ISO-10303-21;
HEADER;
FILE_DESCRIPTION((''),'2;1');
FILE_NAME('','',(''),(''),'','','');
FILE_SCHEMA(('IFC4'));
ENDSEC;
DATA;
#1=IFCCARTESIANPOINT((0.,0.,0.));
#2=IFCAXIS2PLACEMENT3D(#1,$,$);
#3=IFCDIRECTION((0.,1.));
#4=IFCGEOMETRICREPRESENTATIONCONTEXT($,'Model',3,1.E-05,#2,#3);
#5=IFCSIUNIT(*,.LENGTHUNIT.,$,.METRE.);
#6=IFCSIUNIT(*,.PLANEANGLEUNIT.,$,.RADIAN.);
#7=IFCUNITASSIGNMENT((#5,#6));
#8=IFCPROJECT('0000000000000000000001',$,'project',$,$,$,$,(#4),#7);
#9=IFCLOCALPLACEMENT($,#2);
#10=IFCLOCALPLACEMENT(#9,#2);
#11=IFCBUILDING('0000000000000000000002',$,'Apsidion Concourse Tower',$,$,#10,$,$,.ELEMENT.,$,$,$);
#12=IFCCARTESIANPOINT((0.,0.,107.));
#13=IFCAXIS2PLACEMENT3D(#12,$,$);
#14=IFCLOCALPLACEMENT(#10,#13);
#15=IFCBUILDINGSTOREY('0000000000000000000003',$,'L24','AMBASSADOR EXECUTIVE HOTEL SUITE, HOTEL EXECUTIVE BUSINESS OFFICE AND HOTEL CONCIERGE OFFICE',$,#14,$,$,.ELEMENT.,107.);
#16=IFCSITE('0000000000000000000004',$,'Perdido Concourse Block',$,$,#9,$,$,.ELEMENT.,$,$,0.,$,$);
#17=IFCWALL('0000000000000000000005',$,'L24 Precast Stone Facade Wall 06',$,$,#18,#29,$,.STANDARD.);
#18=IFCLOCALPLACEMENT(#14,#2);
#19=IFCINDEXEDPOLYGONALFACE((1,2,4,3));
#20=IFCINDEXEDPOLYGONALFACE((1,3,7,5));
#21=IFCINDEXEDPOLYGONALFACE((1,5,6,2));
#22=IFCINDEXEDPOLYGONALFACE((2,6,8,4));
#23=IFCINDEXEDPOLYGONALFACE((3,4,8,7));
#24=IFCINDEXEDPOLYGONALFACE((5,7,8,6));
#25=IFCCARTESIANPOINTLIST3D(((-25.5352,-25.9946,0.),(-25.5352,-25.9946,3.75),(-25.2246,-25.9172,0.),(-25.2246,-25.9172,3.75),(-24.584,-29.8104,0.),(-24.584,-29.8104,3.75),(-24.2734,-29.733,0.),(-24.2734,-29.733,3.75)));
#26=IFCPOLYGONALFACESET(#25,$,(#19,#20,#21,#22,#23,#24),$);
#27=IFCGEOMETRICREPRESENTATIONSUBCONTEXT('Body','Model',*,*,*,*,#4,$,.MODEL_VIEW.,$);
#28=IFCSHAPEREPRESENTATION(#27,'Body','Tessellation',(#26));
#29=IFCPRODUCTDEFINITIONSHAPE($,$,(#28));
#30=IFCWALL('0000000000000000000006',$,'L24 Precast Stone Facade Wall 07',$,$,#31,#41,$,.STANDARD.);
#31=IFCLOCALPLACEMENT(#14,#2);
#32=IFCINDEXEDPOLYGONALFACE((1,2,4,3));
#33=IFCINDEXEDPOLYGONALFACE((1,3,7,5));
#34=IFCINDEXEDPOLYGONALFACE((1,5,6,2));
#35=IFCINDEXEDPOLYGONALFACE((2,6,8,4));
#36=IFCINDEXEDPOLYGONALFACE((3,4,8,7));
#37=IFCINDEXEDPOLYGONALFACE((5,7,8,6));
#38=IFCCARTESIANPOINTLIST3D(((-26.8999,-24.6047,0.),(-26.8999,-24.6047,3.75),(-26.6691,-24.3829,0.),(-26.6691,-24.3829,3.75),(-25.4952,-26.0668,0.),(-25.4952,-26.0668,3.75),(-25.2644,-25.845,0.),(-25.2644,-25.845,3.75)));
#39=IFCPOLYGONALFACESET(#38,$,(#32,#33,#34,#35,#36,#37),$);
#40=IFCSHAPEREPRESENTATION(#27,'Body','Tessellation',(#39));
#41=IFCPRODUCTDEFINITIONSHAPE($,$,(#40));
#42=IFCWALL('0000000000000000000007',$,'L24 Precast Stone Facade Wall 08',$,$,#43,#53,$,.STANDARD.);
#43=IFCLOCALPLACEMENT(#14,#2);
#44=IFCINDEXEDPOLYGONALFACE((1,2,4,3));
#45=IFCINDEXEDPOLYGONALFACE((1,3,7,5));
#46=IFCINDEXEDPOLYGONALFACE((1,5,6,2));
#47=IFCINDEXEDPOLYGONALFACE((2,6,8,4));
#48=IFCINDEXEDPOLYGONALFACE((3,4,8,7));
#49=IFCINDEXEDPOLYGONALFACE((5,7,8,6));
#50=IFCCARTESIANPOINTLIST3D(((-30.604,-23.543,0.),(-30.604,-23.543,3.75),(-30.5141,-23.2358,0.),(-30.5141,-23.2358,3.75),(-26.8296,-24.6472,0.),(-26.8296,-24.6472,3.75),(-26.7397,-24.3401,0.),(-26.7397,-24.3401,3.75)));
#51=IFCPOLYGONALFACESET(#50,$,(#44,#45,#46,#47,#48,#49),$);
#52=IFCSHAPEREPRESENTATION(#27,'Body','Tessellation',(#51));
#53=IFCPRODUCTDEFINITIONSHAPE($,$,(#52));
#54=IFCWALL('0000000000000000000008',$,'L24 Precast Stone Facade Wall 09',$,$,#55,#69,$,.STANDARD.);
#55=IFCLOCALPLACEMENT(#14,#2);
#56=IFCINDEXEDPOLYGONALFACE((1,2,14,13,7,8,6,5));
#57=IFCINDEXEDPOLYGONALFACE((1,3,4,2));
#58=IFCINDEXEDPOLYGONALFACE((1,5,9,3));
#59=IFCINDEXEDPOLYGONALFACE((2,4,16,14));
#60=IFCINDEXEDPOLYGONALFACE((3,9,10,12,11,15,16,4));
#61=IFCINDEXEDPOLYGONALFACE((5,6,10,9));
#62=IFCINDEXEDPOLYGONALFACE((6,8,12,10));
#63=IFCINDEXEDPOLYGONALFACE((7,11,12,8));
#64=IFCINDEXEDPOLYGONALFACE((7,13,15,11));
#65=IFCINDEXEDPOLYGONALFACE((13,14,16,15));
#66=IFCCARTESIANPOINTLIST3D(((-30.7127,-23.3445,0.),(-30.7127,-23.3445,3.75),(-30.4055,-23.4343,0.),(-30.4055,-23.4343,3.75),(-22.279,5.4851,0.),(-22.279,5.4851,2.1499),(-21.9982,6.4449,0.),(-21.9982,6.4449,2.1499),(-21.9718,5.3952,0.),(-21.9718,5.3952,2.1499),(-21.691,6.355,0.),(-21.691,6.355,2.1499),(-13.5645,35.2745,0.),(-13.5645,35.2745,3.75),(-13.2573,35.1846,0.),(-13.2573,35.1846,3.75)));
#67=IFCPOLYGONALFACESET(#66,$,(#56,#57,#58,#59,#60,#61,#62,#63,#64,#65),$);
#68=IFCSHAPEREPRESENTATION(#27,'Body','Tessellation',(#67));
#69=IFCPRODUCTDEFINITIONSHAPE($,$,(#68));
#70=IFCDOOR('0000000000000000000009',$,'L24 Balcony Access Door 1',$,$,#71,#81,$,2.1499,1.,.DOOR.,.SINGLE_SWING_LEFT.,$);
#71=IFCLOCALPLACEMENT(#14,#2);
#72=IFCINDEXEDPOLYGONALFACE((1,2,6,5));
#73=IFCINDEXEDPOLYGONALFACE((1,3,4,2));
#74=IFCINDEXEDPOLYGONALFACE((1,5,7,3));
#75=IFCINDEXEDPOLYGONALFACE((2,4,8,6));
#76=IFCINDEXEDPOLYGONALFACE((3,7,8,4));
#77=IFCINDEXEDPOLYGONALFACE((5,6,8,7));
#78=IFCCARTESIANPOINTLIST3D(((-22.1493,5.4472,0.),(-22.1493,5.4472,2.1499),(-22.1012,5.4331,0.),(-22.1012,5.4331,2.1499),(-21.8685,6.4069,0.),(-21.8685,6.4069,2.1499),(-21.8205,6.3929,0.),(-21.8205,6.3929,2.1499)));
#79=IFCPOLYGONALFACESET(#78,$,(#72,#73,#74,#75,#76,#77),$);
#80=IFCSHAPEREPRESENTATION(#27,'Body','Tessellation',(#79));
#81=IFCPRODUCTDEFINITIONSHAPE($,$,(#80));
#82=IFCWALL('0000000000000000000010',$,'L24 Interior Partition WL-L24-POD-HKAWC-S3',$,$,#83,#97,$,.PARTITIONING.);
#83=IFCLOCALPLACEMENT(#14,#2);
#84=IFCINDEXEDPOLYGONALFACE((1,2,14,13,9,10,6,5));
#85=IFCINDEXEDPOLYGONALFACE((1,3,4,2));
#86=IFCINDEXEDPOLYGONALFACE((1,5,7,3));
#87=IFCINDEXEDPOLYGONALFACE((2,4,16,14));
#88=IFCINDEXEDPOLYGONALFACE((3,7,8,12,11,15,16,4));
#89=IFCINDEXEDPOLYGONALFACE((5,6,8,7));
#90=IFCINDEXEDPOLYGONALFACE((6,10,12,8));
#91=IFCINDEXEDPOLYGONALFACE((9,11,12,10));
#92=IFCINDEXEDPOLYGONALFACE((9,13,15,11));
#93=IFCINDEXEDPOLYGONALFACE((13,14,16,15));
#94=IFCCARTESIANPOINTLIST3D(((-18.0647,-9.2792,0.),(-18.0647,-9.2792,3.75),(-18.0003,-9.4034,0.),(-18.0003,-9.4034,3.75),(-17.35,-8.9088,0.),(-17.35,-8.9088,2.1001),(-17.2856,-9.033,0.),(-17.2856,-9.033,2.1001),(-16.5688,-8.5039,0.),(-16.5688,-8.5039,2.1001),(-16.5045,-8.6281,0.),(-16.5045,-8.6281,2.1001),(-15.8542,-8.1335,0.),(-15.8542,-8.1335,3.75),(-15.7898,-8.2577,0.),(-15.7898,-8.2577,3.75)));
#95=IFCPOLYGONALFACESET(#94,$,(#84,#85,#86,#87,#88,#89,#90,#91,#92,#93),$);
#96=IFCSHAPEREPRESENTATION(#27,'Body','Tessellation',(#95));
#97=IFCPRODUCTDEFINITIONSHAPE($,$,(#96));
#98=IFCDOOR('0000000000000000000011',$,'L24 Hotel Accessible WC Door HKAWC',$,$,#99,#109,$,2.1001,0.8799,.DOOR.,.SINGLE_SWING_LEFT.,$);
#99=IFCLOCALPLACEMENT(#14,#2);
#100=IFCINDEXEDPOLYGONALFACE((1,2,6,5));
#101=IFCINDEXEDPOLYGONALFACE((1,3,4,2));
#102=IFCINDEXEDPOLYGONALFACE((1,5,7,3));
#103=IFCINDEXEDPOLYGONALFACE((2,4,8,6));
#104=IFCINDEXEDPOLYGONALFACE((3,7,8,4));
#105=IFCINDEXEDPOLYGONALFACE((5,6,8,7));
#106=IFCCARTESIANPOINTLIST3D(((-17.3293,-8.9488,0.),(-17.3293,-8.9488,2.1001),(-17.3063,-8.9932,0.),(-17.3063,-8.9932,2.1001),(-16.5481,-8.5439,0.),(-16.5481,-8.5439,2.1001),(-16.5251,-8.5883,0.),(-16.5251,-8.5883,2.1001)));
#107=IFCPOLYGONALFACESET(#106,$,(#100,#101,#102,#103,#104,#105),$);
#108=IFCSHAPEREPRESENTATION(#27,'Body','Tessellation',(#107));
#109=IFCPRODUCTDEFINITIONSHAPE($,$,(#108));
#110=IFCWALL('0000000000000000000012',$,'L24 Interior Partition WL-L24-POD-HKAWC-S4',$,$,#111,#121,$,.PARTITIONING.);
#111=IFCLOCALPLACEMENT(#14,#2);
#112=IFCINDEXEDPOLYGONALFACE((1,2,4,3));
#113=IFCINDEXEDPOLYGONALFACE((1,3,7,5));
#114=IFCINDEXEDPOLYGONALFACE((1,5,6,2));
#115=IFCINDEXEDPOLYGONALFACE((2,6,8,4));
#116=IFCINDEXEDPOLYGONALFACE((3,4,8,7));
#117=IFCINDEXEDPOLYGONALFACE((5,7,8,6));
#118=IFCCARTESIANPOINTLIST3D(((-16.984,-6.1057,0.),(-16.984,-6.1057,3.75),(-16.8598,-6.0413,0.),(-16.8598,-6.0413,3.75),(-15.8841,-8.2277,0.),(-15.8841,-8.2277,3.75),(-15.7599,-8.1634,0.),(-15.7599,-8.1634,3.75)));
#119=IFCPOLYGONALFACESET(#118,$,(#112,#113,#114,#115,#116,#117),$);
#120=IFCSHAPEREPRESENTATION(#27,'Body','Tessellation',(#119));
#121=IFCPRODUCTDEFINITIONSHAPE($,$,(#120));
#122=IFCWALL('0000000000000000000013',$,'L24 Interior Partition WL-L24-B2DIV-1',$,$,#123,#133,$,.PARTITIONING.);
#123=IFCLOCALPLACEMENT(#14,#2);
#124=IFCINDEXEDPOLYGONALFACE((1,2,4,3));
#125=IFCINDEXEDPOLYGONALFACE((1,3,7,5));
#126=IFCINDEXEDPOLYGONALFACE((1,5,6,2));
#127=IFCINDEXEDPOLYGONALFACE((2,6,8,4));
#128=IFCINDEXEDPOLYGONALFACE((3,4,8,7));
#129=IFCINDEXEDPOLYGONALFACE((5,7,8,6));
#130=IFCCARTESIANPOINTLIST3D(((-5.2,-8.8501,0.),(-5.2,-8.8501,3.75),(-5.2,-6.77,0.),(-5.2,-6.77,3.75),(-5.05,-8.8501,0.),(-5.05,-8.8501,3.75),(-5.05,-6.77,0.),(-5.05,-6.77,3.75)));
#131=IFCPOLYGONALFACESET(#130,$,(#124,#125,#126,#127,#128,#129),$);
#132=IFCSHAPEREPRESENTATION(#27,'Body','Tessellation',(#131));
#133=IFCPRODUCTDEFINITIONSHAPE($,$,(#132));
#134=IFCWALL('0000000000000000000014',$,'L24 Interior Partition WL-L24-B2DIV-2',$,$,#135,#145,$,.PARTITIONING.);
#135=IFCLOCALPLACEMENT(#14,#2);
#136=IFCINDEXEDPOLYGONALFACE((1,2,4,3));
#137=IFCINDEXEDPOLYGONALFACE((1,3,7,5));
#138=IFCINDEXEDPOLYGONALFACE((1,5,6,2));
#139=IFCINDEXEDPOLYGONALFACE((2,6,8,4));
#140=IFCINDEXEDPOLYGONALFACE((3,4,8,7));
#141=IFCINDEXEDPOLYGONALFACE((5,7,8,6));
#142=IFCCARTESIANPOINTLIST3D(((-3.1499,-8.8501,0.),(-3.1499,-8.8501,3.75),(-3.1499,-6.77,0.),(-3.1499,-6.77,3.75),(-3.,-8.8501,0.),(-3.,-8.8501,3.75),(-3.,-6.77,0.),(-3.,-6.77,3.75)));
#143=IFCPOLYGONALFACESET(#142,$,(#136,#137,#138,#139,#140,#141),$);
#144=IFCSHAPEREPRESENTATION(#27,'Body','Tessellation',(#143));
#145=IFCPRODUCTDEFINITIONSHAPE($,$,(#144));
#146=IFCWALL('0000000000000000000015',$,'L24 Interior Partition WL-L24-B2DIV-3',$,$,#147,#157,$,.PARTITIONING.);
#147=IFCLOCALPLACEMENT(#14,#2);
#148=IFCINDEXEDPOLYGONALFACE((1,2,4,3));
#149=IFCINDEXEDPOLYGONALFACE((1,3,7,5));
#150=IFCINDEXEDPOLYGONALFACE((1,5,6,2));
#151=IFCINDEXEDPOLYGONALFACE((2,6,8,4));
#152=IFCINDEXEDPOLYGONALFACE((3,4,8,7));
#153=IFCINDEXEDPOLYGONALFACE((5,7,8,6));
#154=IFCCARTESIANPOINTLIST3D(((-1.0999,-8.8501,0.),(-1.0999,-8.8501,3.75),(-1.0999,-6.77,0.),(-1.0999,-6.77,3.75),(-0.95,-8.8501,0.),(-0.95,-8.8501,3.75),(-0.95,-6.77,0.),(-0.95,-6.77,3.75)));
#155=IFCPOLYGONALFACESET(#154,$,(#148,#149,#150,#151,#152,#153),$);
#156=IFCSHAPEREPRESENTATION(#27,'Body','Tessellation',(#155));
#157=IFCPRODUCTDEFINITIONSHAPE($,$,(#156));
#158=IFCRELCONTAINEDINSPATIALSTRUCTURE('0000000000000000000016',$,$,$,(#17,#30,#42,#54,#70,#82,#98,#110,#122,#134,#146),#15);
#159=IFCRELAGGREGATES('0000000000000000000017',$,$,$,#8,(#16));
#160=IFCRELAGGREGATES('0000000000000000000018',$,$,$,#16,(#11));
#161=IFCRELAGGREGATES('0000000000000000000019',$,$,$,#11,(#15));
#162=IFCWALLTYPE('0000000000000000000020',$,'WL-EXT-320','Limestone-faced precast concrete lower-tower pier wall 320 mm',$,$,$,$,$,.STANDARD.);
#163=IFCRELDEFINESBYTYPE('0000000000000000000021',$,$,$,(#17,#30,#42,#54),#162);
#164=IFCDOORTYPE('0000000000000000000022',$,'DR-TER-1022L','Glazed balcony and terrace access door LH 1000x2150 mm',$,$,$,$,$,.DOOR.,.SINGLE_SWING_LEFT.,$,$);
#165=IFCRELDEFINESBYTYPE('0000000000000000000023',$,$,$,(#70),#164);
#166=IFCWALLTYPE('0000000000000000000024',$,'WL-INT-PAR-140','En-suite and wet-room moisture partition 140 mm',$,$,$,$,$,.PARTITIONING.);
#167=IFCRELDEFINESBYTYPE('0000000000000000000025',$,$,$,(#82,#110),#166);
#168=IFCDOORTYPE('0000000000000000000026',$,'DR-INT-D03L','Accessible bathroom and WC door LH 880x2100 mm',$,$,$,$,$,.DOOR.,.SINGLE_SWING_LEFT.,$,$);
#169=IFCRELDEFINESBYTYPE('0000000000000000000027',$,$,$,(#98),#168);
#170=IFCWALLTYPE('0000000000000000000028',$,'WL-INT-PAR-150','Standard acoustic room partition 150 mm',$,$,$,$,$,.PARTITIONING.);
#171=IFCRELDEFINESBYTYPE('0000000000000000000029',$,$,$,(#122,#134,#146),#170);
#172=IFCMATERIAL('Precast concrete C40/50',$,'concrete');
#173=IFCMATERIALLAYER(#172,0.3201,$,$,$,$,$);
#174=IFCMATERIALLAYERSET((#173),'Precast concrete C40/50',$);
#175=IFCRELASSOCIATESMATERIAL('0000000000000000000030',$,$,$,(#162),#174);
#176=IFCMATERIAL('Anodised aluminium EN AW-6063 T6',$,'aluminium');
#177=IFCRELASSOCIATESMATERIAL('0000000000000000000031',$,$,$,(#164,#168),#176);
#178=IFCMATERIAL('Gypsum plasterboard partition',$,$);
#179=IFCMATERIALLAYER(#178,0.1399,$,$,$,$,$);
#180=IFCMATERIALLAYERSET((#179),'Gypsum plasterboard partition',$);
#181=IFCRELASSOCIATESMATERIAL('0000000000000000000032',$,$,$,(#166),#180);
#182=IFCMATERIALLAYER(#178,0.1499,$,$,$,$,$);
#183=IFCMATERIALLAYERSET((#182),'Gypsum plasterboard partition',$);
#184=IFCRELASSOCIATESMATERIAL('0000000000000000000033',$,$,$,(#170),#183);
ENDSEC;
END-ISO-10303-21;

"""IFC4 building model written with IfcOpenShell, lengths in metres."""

from ifc_helpers import new_model, si_unit, direction, frame, frame_2d, origin, place, context, subcontext, project, spatial, rectangle, extrude, material, layer, layer_set, type_object, element, fill, save


model = new_model("IFC4")

# Units and contexts
model_context = context("Model", 3, precision=1e-05, world=origin(), true_north=direction((0.0, 1.0)))
body_context = subcontext(model_context, "Body", "Model", "MODEL_VIEW")
ifc_project = project(units=[si_unit("LENGTHUNIT", "METRE"), si_unit("PLANEANGLEUNIT", "RADIAN")], contexts=[model_context])

# Site, building, storey
site_placement = place(None, origin())
site = spatial("IfcSite", under=ifc_project, at=site_placement, Name="Perdido Concourse Block", CompositionType="ELEMENT", RefElevation=0.0)
building_placement = place(site_placement, origin())
building = spatial("IfcBuilding", under=site, at=building_placement, Name="Apsidion Concourse Tower", CompositionType="ELEMENT")
storey_placement = place(building_placement, frame((0.0, 0.0, 107.0)))
storey = spatial("IfcBuildingStorey", under=building, at=storey_placement, Name="L24", Description="AMBASSADOR EXECUTIVE HOTEL SUITE, HOTEL EXECUTIVE BUSINESS OFFICE AND HOTEL CONCIERGE OFFICE", CompositionType="ELEMENT", Elevation=107.0)

# Walls
ifc_material_1 = material(Name="Precast concrete C40/50", Category="concrete")
ifc_layer_1 = layer(ifc_material_1, 0.3201)
ifc_layer_set_1 = layer_set([ifc_layer_1], Name="Precast concrete C40/50")
wall_type_1 = type_object("IfcWallType", Name="WL-EXT-320", Description="Limestone-faced precast concrete lower-tower pier wall 320 mm", PredefinedType="STANDARD", material=ifc_layer_set_1)
wall_1_placement = place(storey_placement, frame((-24.4287, -29.7717, 0.0), z_axis=(0.0, 0.0, 1.0), x_axis=(-0.241864, 0.97031, 0.0)))
element("IfcWall", 1, at=wall_1_placement, inside=storey, type_object=wall_type_1, Name="L24 Precast Stone Facade Wall 06", PredefinedType="STANDARD", context=body_context, shape_type="SweptSolid", body=[
    extrude(rectangle(XDim=3.9326, YDim=0.3201, at=frame_2d((1.9663, 0.0))), origin(), (0.0, 0.0, 1.0), 3.75),
])
wall_2_placement = place(storey_placement, frame((-25.3799, -25.9558, 0.0), z_axis=(0.0, 0.0, 1.0), x_axis=(-0.692818, 0.721113, 0.0)))
element("IfcWall", 2, at=wall_2_placement, inside=storey, type_object=wall_type_1, Name="L24 Precast Stone Facade Wall 07", PredefinedType="STANDARD", context=body_context, shape_type="SweptSolid", body=[
    extrude(rectangle(XDim=2.0276, YDim=0.3201, at=frame_2d((1.0137, 0.0))), origin(), (0.0, 0.0, 1.0), 3.75),
])
wall_3_placement = place(storey_placement, frame((-26.7847, -24.4937, 0.0), z_axis=(0.0, 0.0, 1.0), x_axis=(-0.959769, 0.280791, 0.0)))
element("IfcWall", 3, at=wall_3_placement, inside=storey, type_object=wall_type_1, Name="L24 Precast Stone Facade Wall 08", PredefinedType="STANDARD", context=body_context, shape_type="SweptSolid", body=[
    extrude(rectangle(XDim=3.9326, YDim=0.3201, at=frame_2d((1.9663, 0.0))), origin(), (0.0, 0.0, 1.0), 3.75),
])

# Walls, openings, doors
wall_4_placement = place(storey_placement, frame((-30.5591, -23.3894, 0.0), z_axis=(0.0, 0.0, 1.0), x_axis=(0.28077, 0.959775, 0.0)))
wall_4 = element("IfcWall", 4, at=wall_4_placement, inside=storey, type_object=wall_type_1, Name="L24 Precast Stone Facade Wall 09", PredefinedType="STANDARD", context=body_context, shape_type="SweptSolid", body=[
    extrude(rectangle(XDim=61.0757, YDim=0.3201, at=frame_2d((30.5378, 0.0))), origin(), (0.0, 0.0, 1.0), 3.75),
])
opening_1_placement = place(wall_4_placement, frame((30.0378, 0.0, 0.0)))
opening_1 = element("IfcOpeningElement", 5, at=opening_1_placement, cuts=wall_4, PredefinedType="OPENING", context=body_context, shape_type="SweptSolid", body=[
    extrude(rectangle(XDim=1.0, YDim=2.1499, at=frame_2d((0.5, 1.075))), frame((0.0, 0.1699, 0.0), z_axis=(0.0, -1.0, 0.0), x_axis=(1.0, 0.0, 0.0)), (0.0, 0.0, 1.0), 0.3401),
])
ifc_material_2 = material(Name="Anodised aluminium EN AW-6063 T6", Category="aluminium")
door_type_1 = type_object("IfcDoorType", Name="DR-TER-1022L", Description="Glazed balcony and terrace access door LH 1000x2150 mm", OperationType="SINGLE_SWING_LEFT", PredefinedType="DOOR", material=ifc_material_2)
door_1_placement = place(opening_1_placement, origin())
door_1 = element("IfcDoor", 6, at=door_1_placement, inside=storey, type_object=door_type_1, Name="L24 Balcony Access Door 1", OperationType="SINGLE_SWING_LEFT", OverallHeight=2.1499, OverallWidth=1.0, PredefinedType="DOOR", context=body_context, shape_type="SweptSolid", body=[
    extrude(rectangle(XDim=1.0, YDim=2.1499, at=frame_2d((0.5, 1.075))), frame((0.0, 0.0249, 0.0), z_axis=(0.0, -1.0, 0.0), x_axis=(1.0, 0.0, 0.0)), (0.0, 0.0, 1.0), 0.05),
])
fill(opening_1, door_1)
ifc_material_3 = material(Name="Gypsum plasterboard partition")
ifc_layer_2 = layer(ifc_material_3, 0.1399)
ifc_layer_set_2 = layer_set([ifc_layer_2], Name="Gypsum plasterboard partition")
wall_type_2 = type_object("IfcWallType", Name="WL-INT-PAR-140", Description="En-suite and wet-room moisture partition 140 mm", PredefinedType="PARTITIONING", material=ifc_layer_set_2)
wall_5_placement = place(storey_placement, frame((-18.0325, -9.3413, 0.0), z_axis=(0.0, 0.0, 1.0), x_axis=(0.887821, 0.460188, 0.0)))
wall_5 = element("IfcWall", 7, at=wall_5_placement, inside=storey, type_object=wall_type_2, Name="L24 Interior Partition WL-L24-POD-HKAWC-S3", PredefinedType="PARTITIONING", context=body_context, shape_type="SweptSolid", body=[
    extrude(rectangle(XDim=2.4897, YDim=0.1399, at=frame_2d((1.2449, 0.0))), origin(), (0.0, 0.0, 1.0), 3.75),
])
opening_2_placement = place(wall_5_placement, frame((0.8049, 0.0, 0.0)))
opening_2 = element("IfcOpeningElement", 8, at=opening_2_placement, cuts=wall_5, PredefinedType="OPENING", context=body_context, shape_type="SweptSolid", body=[
    extrude(rectangle(XDim=0.8799, YDim=2.1001, at=frame_2d((0.4399, 1.05))), frame((0.0, 0.0801, 0.0), z_axis=(0.0, -1.0, 0.0), x_axis=(1.0, 0.0, 0.0)), (0.0, 0.0, 1.0), 0.1599),
])
door_type_2 = type_object("IfcDoorType", Name="DR-INT-D03L", Description="Accessible bathroom and WC door LH 880x2100 mm", OperationType="SINGLE_SWING_LEFT", PredefinedType="DOOR", material=ifc_material_2)
door_2_placement = place(opening_2_placement, origin())
door_2 = element("IfcDoor", 9, at=door_2_placement, inside=storey, type_object=door_type_2, Name="L24 Hotel Accessible WC Door HKAWC", OperationType="SINGLE_SWING_LEFT", OverallHeight=2.1001, OverallWidth=0.8799, PredefinedType="DOOR", context=body_context, shape_type="SweptSolid", body=[
    extrude(rectangle(XDim=0.8799, YDim=2.1001, at=frame_2d((0.4399, 1.05))), frame((0.0, 0.0249, 0.0), z_axis=(0.0, -1.0, 0.0), x_axis=(1.0, 0.0, 0.0)), (0.0, 0.0, 1.0), 0.05),
])
fill(opening_2, door_2)

# Walls
wall_6_placement = place(storey_placement, frame((-15.822, -8.1956, 0.0), z_axis=(0.0, 0.0, 1.0), x_axis=(-0.460159, 0.887836, 0.0)))
element("IfcWall", 10, at=wall_6_placement, inside=storey, type_object=wall_type_2, Name="L24 Interior Partition WL-L24-POD-HKAWC-S4", PredefinedType="PARTITIONING", context=body_context, shape_type="SweptSolid", body=[
    extrude(rectangle(XDim=2.3901, YDim=0.1399, at=frame_2d((1.1951, 0.0))), origin(), (0.0, 0.0, 1.0), 3.75),
])
ifc_layer_3 = layer(ifc_material_3, 0.1499)
ifc_layer_set_3 = layer_set([ifc_layer_3], Name="Gypsum plasterboard partition")
wall_type_3 = type_object("IfcWallType", Name="WL-INT-PAR-150", Description="Standard acoustic room partition 150 mm", PredefinedType="PARTITIONING", material=ifc_layer_set_3)
for number, where, z_axis, x_axis, name in (
    (11, (-5.125, -8.8501, 0.0), (0.0, 0.0, 1.0), (0.0, 1.0, 0.0), "L24 Interior Partition WL-L24-B2DIV-1"),
    (12, (-3.075, -8.8501, 0.0), (0.0, 0.0, 1.0), (0.0, 1.0, 0.0), "L24 Interior Partition WL-L24-B2DIV-2"),
    (13, (-1.0249, -8.8501, 0.0), (0.0, 0.0, 1.0), (0.0, 1.0, 0.0), "L24 Interior Partition WL-L24-B2DIV-3"),
):
    element("IfcWall", number, at=place(storey_placement, frame(where, z_axis=z_axis, x_axis=x_axis)), inside=storey, type_object=wall_type_3, Name=name, PredefinedType="PARTITIONING", context=body_context, shape_type="SweptSolid", body=[
        extrude(rectangle(XDim=2.0801, YDim=0.1499, at=frame_2d((1.04, 0.0))), origin(), (0.0, 0.0, 1.0), 3.75),
    ])

save(model, "model.ifc")
